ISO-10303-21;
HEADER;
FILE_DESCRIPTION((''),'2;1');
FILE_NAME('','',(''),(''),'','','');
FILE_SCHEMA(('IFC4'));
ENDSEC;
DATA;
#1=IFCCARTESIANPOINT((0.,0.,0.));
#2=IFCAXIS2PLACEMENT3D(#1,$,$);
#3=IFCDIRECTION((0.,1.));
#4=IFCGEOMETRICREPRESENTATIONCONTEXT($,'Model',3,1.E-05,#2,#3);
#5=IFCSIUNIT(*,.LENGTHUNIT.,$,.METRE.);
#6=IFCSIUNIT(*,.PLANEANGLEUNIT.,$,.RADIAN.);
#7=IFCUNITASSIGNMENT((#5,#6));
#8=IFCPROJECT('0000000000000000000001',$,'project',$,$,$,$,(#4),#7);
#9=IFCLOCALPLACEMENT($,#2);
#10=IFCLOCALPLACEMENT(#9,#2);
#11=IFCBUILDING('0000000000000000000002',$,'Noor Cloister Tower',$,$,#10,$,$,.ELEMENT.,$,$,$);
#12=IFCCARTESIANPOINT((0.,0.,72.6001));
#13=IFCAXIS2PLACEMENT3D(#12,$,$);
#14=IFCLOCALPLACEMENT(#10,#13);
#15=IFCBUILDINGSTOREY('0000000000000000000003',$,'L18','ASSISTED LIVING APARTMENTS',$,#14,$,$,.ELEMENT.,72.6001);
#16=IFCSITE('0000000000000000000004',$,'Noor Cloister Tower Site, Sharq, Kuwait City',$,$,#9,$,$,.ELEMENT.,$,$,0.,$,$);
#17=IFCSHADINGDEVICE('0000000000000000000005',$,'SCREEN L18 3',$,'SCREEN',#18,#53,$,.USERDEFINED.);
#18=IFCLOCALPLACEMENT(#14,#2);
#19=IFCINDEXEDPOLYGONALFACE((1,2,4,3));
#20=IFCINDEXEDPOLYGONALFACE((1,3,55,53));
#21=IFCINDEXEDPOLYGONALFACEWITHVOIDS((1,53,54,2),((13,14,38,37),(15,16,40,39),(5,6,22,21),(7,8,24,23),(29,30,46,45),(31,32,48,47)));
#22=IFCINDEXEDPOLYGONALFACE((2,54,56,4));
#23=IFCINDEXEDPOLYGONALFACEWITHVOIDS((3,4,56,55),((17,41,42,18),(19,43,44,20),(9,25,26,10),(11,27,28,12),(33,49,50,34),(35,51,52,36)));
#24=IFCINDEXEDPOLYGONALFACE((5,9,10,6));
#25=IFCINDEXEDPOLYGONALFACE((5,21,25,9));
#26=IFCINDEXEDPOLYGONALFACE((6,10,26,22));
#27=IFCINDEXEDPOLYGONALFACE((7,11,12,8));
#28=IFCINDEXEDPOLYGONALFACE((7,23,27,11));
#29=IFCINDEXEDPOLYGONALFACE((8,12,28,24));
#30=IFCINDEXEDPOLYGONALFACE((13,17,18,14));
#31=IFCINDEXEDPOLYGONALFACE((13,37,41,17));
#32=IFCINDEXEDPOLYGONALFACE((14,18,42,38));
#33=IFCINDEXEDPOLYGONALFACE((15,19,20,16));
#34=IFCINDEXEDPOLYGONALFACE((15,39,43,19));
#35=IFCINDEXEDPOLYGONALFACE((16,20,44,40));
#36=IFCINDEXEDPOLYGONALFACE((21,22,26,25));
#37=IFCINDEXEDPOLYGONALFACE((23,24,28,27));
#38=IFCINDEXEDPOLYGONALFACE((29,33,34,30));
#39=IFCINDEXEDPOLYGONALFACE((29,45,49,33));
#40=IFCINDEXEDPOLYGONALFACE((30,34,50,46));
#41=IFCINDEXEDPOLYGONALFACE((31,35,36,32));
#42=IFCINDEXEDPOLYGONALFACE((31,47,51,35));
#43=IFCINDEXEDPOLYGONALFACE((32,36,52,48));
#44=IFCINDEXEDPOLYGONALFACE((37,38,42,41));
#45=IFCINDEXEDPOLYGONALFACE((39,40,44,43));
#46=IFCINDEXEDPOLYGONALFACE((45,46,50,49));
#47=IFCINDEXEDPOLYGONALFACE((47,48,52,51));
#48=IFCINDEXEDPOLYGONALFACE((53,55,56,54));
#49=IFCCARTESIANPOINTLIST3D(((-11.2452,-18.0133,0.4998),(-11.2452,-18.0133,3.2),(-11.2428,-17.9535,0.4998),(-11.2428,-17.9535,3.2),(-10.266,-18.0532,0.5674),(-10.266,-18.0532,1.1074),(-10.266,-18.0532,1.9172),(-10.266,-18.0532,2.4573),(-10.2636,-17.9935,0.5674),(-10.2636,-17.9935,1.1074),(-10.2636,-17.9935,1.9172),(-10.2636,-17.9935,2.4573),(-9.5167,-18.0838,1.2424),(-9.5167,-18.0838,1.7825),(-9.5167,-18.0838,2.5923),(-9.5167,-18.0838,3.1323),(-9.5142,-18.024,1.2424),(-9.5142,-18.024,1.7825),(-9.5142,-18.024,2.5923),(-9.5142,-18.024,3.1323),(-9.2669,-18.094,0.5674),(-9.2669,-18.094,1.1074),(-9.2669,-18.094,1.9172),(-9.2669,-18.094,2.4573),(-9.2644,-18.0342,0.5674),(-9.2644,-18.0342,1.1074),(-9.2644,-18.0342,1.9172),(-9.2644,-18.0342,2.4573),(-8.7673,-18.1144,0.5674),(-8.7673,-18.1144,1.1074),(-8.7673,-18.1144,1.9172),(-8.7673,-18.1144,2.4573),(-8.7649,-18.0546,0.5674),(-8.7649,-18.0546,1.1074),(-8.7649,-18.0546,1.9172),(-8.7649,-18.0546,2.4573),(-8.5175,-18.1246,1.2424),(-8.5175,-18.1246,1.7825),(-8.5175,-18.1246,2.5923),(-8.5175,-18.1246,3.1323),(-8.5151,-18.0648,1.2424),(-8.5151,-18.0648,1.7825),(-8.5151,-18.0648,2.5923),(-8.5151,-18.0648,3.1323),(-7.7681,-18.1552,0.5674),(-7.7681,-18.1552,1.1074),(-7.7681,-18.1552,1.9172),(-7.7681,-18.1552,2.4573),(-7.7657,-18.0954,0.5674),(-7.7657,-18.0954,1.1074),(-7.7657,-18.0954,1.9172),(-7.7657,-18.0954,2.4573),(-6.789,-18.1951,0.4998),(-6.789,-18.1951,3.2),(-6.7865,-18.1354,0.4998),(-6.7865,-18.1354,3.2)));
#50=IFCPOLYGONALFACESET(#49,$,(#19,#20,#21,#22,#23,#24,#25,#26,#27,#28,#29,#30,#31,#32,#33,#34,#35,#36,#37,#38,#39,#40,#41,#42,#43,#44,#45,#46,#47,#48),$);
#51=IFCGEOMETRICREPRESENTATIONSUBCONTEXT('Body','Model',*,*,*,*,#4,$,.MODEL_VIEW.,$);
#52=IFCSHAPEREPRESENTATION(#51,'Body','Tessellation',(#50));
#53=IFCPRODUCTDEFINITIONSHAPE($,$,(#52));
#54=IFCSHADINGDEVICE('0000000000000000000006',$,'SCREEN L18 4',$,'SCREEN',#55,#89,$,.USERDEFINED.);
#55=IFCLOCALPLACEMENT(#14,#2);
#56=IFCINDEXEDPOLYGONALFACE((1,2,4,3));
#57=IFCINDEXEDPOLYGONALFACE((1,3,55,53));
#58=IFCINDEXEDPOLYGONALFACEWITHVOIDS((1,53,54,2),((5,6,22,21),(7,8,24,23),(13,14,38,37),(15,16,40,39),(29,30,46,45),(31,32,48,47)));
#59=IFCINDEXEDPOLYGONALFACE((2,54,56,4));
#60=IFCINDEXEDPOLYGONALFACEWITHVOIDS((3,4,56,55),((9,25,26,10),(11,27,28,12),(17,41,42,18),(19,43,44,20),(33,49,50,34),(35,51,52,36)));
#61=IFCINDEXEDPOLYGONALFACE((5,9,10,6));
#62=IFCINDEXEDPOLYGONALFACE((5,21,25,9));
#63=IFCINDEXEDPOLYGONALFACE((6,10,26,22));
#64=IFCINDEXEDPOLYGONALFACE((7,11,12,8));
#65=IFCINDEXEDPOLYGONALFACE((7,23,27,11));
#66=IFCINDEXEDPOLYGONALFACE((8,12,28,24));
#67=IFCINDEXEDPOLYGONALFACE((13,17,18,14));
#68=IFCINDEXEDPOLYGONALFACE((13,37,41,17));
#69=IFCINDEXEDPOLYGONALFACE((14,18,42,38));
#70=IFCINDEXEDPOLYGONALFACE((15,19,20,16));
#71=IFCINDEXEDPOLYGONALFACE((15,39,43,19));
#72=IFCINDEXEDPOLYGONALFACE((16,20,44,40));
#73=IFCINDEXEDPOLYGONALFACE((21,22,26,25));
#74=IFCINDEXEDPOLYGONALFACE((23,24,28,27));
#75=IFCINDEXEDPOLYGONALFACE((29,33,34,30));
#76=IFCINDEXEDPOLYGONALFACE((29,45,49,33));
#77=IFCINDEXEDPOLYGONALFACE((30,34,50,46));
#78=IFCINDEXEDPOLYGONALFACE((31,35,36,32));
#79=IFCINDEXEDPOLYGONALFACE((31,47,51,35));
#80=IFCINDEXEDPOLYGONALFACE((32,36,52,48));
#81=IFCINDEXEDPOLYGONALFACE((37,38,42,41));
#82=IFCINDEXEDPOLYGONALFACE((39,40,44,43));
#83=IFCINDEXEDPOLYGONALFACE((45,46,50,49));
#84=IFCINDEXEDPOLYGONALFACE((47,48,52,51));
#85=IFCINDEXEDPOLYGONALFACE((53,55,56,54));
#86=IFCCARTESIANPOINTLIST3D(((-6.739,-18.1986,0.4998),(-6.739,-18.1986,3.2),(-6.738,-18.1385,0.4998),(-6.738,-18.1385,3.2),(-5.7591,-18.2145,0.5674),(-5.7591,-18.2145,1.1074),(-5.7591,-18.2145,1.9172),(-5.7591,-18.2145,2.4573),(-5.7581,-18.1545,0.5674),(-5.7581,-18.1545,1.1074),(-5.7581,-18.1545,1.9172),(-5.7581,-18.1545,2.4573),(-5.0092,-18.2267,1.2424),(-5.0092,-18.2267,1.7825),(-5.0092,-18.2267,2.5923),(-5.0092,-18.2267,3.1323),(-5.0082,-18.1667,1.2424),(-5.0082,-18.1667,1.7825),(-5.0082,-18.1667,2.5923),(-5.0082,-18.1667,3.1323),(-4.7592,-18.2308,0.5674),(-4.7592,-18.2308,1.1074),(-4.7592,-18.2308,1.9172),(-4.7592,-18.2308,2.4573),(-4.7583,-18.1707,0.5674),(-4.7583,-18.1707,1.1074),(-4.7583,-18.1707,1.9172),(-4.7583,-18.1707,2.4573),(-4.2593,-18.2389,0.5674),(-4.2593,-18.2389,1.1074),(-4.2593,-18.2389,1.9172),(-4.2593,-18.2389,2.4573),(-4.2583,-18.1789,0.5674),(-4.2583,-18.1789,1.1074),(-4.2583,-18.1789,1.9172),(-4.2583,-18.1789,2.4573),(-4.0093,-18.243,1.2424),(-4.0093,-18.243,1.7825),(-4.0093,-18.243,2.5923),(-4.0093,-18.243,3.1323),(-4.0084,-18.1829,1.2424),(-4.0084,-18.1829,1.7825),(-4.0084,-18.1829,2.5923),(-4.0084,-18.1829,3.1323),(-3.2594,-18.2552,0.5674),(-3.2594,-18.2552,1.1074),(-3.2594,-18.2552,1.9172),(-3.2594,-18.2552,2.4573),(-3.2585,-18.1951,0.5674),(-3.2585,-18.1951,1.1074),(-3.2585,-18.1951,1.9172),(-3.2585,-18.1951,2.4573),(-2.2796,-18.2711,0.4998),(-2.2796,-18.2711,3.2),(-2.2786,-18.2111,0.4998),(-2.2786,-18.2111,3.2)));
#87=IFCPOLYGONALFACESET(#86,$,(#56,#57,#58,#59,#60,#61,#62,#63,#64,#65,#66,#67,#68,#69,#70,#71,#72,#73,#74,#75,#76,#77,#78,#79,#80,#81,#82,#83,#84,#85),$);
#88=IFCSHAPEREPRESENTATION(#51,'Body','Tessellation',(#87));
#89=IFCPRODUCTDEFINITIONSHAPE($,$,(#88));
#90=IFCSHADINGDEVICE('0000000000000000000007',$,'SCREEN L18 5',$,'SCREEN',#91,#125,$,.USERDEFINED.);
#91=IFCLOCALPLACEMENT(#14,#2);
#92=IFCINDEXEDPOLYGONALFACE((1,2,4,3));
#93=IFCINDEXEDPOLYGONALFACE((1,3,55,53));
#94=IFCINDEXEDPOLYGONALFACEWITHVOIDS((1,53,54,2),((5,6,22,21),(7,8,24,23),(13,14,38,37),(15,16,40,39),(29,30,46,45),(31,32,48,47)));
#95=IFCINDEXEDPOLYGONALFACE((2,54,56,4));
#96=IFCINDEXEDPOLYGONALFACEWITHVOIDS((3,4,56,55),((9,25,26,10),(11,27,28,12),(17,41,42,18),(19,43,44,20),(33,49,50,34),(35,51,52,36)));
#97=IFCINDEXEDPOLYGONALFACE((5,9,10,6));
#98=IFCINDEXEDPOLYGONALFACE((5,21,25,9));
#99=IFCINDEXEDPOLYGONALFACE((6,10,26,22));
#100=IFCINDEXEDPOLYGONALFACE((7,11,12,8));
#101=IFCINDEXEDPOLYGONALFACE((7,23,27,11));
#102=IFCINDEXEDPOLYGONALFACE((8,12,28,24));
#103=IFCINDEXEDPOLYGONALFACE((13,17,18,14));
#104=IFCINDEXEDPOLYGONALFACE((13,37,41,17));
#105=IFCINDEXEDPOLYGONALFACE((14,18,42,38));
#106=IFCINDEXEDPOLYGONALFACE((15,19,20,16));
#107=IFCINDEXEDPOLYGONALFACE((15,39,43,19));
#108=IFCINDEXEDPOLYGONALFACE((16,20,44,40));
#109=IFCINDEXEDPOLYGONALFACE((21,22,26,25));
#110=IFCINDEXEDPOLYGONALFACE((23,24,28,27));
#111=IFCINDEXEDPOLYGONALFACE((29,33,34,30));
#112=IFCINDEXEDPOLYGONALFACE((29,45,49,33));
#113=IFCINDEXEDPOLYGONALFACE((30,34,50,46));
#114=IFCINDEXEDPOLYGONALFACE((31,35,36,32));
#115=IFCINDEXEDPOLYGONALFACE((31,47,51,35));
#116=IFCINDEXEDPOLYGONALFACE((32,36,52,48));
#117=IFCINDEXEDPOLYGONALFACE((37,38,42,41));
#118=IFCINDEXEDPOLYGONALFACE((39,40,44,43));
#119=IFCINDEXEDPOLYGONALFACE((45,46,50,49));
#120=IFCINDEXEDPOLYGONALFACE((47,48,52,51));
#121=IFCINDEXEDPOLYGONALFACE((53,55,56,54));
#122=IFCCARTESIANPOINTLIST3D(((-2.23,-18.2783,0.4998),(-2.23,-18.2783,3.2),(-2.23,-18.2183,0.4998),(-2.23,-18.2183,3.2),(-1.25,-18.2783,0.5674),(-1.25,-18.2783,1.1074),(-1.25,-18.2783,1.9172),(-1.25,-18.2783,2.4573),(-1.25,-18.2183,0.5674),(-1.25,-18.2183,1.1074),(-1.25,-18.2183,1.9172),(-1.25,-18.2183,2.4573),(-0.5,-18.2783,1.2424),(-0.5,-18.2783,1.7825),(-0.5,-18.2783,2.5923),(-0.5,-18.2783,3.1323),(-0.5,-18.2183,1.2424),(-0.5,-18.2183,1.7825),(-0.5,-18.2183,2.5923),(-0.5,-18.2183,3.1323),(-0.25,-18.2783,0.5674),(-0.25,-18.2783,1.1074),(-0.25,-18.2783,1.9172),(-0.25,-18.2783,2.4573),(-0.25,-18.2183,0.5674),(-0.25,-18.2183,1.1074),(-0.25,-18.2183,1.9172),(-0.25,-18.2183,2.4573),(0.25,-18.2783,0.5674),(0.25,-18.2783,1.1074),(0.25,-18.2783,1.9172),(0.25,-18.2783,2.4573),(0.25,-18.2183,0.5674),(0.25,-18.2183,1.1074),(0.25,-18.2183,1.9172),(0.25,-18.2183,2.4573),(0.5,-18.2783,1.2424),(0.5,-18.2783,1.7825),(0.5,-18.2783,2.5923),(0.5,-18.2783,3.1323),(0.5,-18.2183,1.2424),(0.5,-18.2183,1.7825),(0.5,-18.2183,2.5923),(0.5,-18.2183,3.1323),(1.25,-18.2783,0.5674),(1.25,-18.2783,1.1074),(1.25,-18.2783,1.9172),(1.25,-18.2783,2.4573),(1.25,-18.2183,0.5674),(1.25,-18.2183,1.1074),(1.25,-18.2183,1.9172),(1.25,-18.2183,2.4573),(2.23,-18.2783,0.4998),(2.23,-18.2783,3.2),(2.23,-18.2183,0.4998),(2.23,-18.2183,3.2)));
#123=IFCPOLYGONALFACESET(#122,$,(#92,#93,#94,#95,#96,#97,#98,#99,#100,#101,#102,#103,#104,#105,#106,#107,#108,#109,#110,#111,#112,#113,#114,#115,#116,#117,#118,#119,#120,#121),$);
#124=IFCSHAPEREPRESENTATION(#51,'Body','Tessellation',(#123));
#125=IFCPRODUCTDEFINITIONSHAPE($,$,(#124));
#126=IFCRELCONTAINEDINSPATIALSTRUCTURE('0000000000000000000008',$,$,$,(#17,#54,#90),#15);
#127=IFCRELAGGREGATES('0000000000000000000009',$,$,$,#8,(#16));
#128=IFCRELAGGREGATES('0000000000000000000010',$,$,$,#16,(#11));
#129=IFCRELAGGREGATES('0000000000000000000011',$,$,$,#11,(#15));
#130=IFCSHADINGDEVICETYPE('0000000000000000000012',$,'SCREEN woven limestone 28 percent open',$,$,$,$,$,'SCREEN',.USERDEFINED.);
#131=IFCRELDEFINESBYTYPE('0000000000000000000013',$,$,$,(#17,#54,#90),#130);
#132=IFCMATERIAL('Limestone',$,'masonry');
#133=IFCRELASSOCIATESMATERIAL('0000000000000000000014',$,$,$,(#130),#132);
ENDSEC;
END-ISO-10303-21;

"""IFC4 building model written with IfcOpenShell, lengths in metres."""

from ifc_helpers import new_model, si_unit, direction, frame, origin, place, context, subcontext, project, spatial, polyline, outline, extrude, material, material_profile, profile_set, type_object, element, save


model = new_model("IFC4")

# Units and contexts
model_context = context("Model", 3, precision=1e-05, world=origin(), true_north=direction((0.0, 1.0)))
body_context = subcontext(model_context, "Body", "Model", "MODEL_VIEW")
ifc_project = project(units=[si_unit("LENGTHUNIT", "METRE"), si_unit("PLANEANGLEUNIT", "RADIAN")], contexts=[model_context])

# Site, building, storey
site_placement = place(None, origin())
site = spatial("IfcSite", under=ifc_project, at=site_placement, Name="Noor Cloister Tower Site, Sharq, Kuwait City", CompositionType="ELEMENT", RefElevation=0.0)
building_placement = place(site_placement, origin())
building = spatial("IfcBuilding", under=site, at=building_placement, Name="Noor Cloister Tower", CompositionType="ELEMENT")
storey_placement = place(building_placement, frame((0.0, 0.0, 72.6001)))
storey = spatial("IfcBuildingStorey", under=building, at=storey_placement, Name="L18", Description="ASSISTED LIVING APARTMENTS", CompositionType="ELEMENT", Elevation=72.6001)

# Shading devices
ifc_material_1 = material(Name="Limestone", Category="masonry")
ifc_material_profile_1 = material_profile(ifc_material_1, outline(polyline([(-2.23, -1.3501), (2.23, -1.3501), (2.23, 1.3501), (-2.23, 1.3501), (-2.23, -1.3501)]), holes=[polyline([(-1.25, -1.2825), (-0.25, -1.2825), (-0.25, -0.7424), (-1.25, -0.7424), (-1.25, -1.2825)]), polyline([(0.25, -1.2825), (1.25, -1.2825), (1.25, -0.7424), (0.25, -0.7424), (0.25, -1.2825)]), polyline([(-0.5, -0.6074), (0.5, -0.6074), (0.5, -0.0674), (-0.5, -0.0674), (-0.5, -0.6074)]), polyline([(-1.25, 0.0674), (-0.25, 0.0674), (-0.25, 0.6074), (-1.25, 0.6074), (-1.25, 0.0674)]), polyline([(0.25, 0.0674), (1.25, 0.0674), (1.25, 0.6074), (0.25, 0.6074), (0.25, 0.0674)]), polyline([(-0.5, 0.7424), (0.5, 0.7424), (0.5, 1.2825), (-0.5, 1.2825), (-0.5, 0.7424)])]), Name="Woven screen 28 percent open")
ifc_profile_set_1 = profile_set([ifc_material_profile_1], Name="Limestone")
shading_device_type = type_object("IfcShadingDeviceType", Name="SCREEN woven limestone 28 percent open", ElementType="SCREEN", PredefinedType="USERDEFINED", material=ifc_profile_set_1)
shading_device_placement = place(storey_placement, frame((-9.0146, -18.0444, 1.8499), z_axis=(-0.040782, -0.999168, 0.0), x_axis=(0.999168, -0.040782, 0.0)))
element("IfcShadingDevice", 1, at=shading_device_placement, inside=storey, type_object=shading_device_type, Name="SCREEN L18 3", ObjectType="SCREEN", PredefinedType="USERDEFINED", context=body_context, shape_type="SweptSolid", body=[
    extrude(outline(polyline([(-2.23, -1.3501), (2.23, -1.3501), (2.23, 1.3501), (-2.23, 1.3501), (-2.23, -1.3501)]), holes=[polyline([(-1.25, -1.2825), (-0.25, -1.2825), (-0.25, -0.7424), (-1.25, -0.7424), (-1.25, -1.2825)]), polyline([(0.25, -1.2825), (1.25, -1.2825), (1.25, -0.7424), (0.25, -0.7424), (0.25, -1.2825)]), polyline([(-0.5, -0.6074), (0.5, -0.6074), (0.5, -0.0674), (-0.5, -0.0674), (-0.5, -0.6074)]), polyline([(-1.25, 0.0674), (-0.25, 0.0674), (-0.25, 0.6074), (-1.25, 0.6074), (-1.25, 0.0674)]), polyline([(0.25, 0.0674), (1.25, 0.0674), (1.25, 0.6074), (0.25, 0.6074), (0.25, 0.0674)]), polyline([(-0.5, 0.7424), (0.5, 0.7424), (0.5, 1.2825), (-0.5, 1.2825), (-0.5, 0.7424)])]), origin(), (0.0, 0.0, 1.0), 0.0598),
])
for number, where, z_axis, x_axis, name in (
    (2, (-4.5083, -18.1748, 1.8499), (-0.016258, -0.999868, 0.0), (0.999868, -0.016258, 0.0), "SCREEN L18 4"),
    (3, (0.0, -18.2183, 1.8499), (0.0, -1.0, 0.0), (1.0, 0.0, 0.0), "SCREEN L18 5"),
):
    element("IfcShadingDevice", number, at=place(storey_placement, frame(where, z_axis=z_axis, x_axis=x_axis)), inside=storey, type_object=shading_device_type, Name=name, ObjectType="SCREEN", PredefinedType="USERDEFINED", context=body_context, shape_type="SweptSolid", body=[
        extrude(outline(polyline([(-2.23, -1.3501), (2.23, -1.3501), (2.23, 1.3501), (-2.23, 1.3501), (-2.23, -1.3501)]), holes=[polyline([(-1.25, -1.2825), (-0.25, -1.2825), (-0.25, -0.7424), (-1.25, -0.7424), (-1.25, -1.2825)]), polyline([(0.25, -1.2825), (1.25, -1.2825), (1.25, -0.7424), (0.25, -0.7424), (0.25, -1.2825)]), polyline([(-0.5, -0.6074), (0.5, -0.6074), (0.5, -0.0674), (-0.5, -0.0674), (-0.5, -0.6074)]), polyline([(-1.25, 0.0674), (-0.25, 0.0674), (-0.25, 0.6074), (-1.25, 0.6074), (-1.25, 0.0674)]), polyline([(0.25, 0.0674), (1.25, 0.0674), (1.25, 0.6074), (0.25, 0.6074), (0.25, 0.0674)]), polyline([(-0.5, 0.7424), (0.5, 0.7424), (0.5, 1.2825), (-0.5, 1.2825), (-0.5, 0.7424)])]), origin(), (0.0, 0.0, 1.0), 0.0601),
    ])

save(model, "model.ifc")
